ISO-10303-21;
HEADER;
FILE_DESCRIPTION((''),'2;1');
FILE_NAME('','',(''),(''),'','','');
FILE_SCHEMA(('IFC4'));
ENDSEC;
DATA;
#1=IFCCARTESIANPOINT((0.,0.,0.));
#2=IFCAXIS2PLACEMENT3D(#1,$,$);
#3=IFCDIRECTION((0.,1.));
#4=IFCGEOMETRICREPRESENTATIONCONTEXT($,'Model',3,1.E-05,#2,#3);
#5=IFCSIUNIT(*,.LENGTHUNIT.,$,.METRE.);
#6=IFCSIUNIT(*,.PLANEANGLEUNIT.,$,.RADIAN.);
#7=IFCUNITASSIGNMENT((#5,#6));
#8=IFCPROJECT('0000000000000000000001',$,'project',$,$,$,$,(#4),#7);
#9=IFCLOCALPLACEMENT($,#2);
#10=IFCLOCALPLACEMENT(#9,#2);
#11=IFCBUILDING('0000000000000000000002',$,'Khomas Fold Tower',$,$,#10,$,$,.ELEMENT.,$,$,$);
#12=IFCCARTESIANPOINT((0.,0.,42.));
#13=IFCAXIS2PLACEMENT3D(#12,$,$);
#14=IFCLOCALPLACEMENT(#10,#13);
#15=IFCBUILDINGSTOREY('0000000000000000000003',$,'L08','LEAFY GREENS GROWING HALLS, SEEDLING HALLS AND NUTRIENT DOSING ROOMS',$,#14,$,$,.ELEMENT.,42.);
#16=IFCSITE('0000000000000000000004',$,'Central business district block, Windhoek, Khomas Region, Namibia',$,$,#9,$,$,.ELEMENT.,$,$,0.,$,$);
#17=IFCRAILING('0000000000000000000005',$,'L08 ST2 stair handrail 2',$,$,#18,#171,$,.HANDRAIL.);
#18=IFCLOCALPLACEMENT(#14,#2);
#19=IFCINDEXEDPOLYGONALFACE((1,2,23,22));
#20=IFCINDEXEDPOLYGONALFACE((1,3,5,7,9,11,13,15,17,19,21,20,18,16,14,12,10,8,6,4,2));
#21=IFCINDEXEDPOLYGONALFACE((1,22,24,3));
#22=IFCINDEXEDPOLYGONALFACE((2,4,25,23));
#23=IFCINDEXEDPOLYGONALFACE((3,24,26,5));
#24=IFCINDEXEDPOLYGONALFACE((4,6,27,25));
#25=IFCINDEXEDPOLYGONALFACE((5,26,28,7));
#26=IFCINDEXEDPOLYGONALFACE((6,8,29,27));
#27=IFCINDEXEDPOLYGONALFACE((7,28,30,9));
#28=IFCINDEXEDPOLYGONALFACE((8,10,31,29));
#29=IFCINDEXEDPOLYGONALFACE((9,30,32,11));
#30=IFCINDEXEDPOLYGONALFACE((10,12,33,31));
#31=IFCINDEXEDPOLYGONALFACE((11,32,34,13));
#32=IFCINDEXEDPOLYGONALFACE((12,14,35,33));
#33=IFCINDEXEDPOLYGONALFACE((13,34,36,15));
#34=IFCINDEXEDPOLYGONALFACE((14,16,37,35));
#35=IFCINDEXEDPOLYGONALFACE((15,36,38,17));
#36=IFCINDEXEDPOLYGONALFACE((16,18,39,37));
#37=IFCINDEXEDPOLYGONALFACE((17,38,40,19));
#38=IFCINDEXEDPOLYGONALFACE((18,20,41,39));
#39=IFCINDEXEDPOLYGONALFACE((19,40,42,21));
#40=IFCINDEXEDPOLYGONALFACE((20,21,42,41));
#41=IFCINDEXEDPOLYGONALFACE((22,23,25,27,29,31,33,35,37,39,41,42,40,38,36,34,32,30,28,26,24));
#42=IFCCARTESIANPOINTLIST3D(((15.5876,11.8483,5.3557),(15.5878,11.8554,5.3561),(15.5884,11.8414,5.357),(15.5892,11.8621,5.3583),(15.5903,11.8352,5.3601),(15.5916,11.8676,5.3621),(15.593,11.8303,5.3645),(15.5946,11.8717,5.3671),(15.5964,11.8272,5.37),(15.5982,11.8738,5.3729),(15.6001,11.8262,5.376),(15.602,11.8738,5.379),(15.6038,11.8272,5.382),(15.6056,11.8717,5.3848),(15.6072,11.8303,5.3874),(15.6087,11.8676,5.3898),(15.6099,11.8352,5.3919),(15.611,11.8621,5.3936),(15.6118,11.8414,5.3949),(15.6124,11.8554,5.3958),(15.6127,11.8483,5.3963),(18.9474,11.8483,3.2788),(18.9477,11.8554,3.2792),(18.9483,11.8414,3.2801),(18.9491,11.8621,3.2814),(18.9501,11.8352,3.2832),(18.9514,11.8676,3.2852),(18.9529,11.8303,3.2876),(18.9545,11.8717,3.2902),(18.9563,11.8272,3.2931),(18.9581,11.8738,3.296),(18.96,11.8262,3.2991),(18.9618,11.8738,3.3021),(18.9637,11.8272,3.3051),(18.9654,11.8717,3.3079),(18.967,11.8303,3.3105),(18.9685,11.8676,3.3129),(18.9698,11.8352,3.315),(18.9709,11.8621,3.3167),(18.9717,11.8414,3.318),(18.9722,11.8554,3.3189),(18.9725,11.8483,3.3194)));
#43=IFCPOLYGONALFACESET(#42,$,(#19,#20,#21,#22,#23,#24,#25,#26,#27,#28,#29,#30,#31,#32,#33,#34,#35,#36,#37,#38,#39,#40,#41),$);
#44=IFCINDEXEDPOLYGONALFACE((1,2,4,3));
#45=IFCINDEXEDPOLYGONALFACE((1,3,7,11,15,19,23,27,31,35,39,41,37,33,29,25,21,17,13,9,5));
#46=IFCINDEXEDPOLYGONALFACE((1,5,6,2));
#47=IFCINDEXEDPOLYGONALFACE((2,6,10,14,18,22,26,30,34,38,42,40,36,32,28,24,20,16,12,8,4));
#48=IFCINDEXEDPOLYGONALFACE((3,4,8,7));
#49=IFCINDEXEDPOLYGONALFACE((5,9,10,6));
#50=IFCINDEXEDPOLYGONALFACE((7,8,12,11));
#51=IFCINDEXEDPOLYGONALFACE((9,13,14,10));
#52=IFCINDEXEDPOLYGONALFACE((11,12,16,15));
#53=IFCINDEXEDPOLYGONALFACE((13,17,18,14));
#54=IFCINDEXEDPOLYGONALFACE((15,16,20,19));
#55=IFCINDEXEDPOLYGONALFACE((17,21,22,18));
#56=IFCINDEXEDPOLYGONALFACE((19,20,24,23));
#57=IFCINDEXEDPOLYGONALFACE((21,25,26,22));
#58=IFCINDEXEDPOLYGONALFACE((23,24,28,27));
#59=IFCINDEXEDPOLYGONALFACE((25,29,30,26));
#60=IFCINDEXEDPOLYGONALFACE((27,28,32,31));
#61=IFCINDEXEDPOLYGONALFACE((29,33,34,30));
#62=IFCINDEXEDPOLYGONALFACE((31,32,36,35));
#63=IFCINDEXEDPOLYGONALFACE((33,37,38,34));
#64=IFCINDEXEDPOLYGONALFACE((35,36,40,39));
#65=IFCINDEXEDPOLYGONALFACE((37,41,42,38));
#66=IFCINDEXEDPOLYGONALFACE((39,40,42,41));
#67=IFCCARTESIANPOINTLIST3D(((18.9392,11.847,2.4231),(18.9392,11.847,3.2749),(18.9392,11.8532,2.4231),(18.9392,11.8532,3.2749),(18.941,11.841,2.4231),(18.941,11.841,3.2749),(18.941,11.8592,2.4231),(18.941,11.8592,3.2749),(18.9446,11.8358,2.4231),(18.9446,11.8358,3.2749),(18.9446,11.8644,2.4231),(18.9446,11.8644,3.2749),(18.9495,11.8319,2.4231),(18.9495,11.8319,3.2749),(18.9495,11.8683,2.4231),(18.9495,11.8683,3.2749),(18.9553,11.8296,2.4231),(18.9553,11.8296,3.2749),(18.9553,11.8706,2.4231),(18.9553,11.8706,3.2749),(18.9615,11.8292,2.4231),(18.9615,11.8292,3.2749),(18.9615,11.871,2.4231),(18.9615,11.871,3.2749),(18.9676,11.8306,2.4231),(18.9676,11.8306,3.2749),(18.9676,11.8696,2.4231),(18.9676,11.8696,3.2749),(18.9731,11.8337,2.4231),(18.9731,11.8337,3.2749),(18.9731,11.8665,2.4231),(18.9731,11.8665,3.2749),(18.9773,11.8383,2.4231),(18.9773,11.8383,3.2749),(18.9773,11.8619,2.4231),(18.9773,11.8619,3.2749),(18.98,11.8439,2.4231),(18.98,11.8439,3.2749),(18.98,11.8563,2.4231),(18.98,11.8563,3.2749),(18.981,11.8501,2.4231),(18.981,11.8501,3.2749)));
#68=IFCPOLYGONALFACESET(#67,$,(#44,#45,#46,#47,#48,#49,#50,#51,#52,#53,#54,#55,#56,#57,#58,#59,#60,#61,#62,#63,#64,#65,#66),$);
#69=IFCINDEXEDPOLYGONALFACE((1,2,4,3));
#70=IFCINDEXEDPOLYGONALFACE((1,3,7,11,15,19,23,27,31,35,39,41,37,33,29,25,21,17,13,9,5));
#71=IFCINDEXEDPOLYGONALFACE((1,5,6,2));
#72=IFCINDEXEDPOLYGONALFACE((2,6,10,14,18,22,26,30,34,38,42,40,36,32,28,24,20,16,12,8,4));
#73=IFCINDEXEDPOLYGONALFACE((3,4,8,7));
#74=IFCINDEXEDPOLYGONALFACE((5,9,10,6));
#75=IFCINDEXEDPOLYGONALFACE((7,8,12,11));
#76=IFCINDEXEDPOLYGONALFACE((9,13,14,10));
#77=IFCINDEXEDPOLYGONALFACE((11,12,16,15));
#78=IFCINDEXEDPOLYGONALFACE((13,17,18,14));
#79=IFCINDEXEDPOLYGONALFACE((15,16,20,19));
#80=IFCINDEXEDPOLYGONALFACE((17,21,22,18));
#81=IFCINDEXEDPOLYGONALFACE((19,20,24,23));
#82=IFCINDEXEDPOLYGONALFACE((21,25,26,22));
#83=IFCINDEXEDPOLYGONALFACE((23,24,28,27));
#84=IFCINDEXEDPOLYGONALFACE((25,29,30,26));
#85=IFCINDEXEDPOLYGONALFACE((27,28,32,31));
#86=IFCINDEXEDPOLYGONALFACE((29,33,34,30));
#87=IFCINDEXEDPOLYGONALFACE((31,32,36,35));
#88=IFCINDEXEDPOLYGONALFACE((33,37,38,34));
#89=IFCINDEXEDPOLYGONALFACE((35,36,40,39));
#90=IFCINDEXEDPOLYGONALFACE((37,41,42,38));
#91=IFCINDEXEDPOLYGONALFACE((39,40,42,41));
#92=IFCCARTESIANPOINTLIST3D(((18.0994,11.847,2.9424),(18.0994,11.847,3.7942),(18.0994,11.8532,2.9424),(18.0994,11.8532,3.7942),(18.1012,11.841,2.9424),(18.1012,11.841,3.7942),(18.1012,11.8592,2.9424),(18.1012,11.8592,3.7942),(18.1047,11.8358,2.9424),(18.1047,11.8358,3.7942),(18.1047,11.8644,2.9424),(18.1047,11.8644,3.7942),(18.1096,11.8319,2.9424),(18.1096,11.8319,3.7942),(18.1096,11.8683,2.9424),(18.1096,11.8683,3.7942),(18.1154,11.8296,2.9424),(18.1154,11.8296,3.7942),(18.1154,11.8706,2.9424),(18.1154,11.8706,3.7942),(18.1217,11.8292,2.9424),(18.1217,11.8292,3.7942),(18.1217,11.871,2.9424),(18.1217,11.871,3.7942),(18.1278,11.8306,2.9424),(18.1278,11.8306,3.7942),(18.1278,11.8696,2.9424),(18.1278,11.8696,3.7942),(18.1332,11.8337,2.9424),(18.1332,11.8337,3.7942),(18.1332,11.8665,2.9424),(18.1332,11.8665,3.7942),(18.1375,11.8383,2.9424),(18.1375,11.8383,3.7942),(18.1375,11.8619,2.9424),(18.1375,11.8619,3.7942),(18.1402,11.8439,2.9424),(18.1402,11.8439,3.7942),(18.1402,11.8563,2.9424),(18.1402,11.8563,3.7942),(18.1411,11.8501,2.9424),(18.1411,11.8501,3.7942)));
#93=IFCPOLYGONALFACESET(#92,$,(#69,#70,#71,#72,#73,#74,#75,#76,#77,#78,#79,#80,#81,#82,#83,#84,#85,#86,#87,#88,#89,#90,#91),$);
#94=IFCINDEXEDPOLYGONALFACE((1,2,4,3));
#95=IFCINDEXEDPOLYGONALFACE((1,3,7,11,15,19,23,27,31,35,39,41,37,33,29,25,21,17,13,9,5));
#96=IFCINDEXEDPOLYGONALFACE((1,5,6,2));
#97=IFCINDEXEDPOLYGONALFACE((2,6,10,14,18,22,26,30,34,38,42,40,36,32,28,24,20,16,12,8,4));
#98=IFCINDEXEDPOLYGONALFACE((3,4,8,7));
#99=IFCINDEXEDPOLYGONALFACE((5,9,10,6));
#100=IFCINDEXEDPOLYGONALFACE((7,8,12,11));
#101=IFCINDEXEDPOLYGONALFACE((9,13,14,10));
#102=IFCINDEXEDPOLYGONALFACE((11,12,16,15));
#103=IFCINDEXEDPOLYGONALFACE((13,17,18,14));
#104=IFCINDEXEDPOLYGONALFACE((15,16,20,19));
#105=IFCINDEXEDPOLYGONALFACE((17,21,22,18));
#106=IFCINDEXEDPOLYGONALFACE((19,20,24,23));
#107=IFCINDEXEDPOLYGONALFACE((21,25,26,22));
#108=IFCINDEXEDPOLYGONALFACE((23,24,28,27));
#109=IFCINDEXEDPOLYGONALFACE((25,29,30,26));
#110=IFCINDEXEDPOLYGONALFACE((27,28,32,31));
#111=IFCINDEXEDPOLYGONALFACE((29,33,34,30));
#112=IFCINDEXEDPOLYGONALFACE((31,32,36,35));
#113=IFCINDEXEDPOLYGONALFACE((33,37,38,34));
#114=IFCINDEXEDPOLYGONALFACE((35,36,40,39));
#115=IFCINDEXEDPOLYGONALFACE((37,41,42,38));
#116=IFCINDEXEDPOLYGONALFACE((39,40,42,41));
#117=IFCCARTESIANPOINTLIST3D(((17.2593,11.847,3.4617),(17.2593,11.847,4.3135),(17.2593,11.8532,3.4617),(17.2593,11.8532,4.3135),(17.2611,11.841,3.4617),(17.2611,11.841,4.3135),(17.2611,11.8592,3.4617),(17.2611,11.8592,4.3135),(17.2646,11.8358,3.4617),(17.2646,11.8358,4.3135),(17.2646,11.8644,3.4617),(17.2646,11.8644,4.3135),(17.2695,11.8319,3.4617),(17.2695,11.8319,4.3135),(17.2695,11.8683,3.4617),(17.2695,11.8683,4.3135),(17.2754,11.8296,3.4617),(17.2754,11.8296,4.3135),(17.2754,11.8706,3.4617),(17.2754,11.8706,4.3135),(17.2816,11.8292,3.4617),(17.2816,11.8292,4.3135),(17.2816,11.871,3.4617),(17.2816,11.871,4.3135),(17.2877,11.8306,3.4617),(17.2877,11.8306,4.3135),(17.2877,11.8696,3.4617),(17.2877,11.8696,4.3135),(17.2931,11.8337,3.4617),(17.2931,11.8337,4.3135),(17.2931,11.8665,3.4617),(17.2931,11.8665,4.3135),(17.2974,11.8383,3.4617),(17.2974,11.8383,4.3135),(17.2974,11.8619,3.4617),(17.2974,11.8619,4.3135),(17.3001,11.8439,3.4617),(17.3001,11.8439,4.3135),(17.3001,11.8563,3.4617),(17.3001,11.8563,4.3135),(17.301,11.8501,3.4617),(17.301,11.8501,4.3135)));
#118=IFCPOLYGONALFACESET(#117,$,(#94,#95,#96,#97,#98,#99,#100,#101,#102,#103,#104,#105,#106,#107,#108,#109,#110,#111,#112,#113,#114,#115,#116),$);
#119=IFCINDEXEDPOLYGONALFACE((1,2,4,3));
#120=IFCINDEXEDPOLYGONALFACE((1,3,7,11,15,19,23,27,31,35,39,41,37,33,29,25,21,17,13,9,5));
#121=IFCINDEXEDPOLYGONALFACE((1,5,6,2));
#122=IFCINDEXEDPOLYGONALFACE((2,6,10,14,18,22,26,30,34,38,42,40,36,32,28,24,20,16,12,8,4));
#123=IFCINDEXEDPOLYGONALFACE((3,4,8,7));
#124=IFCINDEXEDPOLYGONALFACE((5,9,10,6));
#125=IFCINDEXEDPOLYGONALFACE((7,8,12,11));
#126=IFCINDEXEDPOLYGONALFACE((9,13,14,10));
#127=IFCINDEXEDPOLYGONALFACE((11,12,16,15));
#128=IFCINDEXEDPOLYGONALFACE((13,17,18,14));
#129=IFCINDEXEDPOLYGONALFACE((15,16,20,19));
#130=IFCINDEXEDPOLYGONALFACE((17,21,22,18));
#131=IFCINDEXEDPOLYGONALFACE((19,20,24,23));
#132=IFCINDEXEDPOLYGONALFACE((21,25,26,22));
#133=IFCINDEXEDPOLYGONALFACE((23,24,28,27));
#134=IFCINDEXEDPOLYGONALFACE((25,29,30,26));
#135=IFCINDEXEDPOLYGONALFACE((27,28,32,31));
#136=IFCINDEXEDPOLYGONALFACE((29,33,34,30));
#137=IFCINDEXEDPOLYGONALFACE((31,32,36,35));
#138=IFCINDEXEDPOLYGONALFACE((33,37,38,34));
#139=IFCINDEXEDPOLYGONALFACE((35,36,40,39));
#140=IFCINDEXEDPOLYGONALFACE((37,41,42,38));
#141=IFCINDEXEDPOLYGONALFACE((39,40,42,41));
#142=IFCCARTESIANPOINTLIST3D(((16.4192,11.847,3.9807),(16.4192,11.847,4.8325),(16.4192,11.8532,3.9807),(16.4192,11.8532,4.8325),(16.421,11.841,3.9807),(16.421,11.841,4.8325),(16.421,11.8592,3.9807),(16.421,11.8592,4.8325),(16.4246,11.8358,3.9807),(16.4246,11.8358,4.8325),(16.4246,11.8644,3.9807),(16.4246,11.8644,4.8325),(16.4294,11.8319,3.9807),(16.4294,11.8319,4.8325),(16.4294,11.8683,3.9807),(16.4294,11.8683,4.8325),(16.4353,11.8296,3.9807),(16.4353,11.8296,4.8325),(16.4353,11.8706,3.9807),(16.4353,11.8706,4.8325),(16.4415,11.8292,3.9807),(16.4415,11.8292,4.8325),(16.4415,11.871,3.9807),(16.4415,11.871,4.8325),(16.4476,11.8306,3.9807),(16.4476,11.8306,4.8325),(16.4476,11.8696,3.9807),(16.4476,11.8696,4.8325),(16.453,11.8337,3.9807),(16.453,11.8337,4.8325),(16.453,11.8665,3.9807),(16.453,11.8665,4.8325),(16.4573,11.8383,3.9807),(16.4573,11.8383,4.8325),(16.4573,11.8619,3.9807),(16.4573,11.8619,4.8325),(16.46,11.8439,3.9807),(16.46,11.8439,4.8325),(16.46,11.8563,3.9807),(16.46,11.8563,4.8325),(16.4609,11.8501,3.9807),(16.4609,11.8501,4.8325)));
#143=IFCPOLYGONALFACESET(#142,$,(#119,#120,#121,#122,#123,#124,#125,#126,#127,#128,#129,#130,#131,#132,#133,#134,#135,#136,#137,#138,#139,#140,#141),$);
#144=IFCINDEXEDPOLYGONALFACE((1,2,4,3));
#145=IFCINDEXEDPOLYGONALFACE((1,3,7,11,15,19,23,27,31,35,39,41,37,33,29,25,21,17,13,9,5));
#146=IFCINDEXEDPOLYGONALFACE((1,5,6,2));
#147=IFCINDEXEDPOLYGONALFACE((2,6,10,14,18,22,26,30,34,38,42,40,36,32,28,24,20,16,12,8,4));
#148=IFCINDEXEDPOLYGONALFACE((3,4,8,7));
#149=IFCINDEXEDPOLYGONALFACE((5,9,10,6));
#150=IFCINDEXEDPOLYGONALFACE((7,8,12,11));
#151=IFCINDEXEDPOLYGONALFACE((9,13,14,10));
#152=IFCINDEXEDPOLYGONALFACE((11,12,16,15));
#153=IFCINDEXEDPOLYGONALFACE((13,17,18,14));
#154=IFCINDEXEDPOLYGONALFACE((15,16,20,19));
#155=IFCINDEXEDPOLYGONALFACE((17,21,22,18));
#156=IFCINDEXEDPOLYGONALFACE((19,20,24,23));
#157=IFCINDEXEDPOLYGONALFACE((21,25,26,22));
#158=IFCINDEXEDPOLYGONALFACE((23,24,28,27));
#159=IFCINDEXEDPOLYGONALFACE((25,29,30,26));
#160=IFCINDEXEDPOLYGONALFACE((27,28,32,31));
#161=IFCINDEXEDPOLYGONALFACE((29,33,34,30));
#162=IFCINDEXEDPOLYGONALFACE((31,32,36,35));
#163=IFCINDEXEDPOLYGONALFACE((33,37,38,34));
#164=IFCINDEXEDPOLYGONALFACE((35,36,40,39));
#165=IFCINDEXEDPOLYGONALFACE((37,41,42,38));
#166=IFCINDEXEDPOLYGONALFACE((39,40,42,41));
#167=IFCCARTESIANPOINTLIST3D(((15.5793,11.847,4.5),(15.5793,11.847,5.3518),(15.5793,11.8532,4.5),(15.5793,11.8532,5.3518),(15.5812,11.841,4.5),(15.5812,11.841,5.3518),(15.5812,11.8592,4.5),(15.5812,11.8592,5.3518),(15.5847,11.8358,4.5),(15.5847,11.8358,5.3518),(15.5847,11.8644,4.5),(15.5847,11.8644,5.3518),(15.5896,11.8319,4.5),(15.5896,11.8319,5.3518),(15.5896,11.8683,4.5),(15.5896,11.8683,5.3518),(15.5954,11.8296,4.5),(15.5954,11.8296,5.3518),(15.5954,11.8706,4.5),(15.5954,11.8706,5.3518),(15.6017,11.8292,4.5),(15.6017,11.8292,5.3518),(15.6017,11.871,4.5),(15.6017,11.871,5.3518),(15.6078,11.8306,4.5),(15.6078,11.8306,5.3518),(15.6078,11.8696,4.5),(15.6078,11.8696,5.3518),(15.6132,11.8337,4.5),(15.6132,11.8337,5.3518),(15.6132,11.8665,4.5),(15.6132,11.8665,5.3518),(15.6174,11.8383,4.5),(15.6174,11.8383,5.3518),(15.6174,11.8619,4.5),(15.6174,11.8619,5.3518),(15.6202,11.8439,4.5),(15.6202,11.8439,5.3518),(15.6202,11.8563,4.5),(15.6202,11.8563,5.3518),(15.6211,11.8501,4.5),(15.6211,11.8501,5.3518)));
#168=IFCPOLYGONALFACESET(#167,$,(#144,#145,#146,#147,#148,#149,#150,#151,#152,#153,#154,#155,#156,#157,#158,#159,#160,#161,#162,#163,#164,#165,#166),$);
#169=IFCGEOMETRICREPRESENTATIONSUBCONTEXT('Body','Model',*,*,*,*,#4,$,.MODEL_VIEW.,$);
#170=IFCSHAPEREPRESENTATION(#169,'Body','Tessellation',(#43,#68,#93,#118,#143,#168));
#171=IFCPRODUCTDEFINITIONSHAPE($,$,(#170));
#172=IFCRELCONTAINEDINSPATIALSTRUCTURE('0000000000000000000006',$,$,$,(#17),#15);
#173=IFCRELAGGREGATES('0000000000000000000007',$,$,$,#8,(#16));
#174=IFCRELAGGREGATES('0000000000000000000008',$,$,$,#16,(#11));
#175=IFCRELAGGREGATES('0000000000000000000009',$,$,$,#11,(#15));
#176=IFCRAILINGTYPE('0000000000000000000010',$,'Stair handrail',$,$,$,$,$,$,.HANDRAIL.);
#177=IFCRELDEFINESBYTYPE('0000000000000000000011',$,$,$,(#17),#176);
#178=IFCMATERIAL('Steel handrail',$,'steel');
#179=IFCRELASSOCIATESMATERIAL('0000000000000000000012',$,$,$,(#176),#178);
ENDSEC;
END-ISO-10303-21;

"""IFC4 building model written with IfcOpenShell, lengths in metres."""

from ifc_helpers import new_model, si_unit, direction, frame, origin, origin_2d, place, context, subcontext, project, spatial, circle, extrude, source, transform, mapped, material, type_object, element, save


model = new_model("IFC4")

# Units and contexts
model_context = context("Model", 3, precision=1e-05, world=origin(), true_north=direction((0.0, 1.0)))
body_context = subcontext(model_context, "Body", "Model", "MODEL_VIEW")
ifc_project = project(units=[si_unit("LENGTHUNIT", "METRE"), si_unit("PLANEANGLEUNIT", "RADIAN")], contexts=[model_context])

# Site, building, storey
site_placement = place(None, origin())
site = spatial("IfcSite", under=ifc_project, at=site_placement, Name="Central business district block, Windhoek, Khomas Region, Namibia", CompositionType="ELEMENT", RefElevation=0.0)
building_placement = place(site_placement, origin())
building = spatial("IfcBuilding", under=site, at=building_placement, Name="Khomas Fold Tower", CompositionType="ELEMENT")
storey_placement = place(building_placement, frame((0.0, 0.0, 42.0)))
storey = spatial("IfcBuildingStorey", under=building, at=storey_placement, Name="L08", Description="LEAFY GREENS GROWING HALLS, SEEDLING HALLS AND NUTRIENT DOSING ROOMS", CompositionType="ELEMENT", Elevation=42.0)

# Railing
ifc_material_1 = material(Name="Steel handrail", Category="steel")
railing_type_1 = type_object("IfcRailingType", Name="Stair handrail", PredefinedType="HANDRAIL", material=ifc_material_1)
shared_shape_1 = source(origin(), body_context, "Body", "SweptSolid", [
    extrude(circle(Radius=0.0239, at=origin_2d()), frame((0.0, 0.0, 0.876), z_axis=(-0.850606, 0.0, 0.525803), x_axis=(0.0, -1.0, 0.0)), (0.0, 0.0, 1.0), 3.95),
    extrude(circle(Radius=0.021, at=origin_2d()), origin(), (0.0, 0.0, 1.0), 0.8518),
    extrude(circle(Radius=0.021, at=origin_2d()), frame((-0.8398, 0.0, 0.5193)), (0.0, 0.0, 1.0), 0.8518),
    extrude(circle(Radius=0.021, at=origin_2d()), frame((-1.6799, 0.0, 1.0386)), (0.0, 0.0, 1.0), 0.8518),
    extrude(circle(Radius=0.021, at=origin_2d()), frame((-2.52, 0.0, 1.5576)), (0.0, 0.0, 1.0), 0.8518),
    extrude(circle(Radius=0.021, at=origin_2d()), frame((-3.3599, 0.0, 2.0769)), (0.0, 0.0, 1.0), 0.8518),
])
railing_1_placement = place(storey_placement, frame((18.96, 11.8501, 2.4231)))
element("IfcRailing", 1, at=railing_1_placement, inside=storey, type_object=railing_type_1, Name="L08 ST2 stair handrail 2", PredefinedType="HANDRAIL", context=body_context, shape_type="MappedRepresentation", body=[
    mapped(shared_shape_1, transform((0.0, 0.0, 0.0))),
])

save(model, "model.ifc")
